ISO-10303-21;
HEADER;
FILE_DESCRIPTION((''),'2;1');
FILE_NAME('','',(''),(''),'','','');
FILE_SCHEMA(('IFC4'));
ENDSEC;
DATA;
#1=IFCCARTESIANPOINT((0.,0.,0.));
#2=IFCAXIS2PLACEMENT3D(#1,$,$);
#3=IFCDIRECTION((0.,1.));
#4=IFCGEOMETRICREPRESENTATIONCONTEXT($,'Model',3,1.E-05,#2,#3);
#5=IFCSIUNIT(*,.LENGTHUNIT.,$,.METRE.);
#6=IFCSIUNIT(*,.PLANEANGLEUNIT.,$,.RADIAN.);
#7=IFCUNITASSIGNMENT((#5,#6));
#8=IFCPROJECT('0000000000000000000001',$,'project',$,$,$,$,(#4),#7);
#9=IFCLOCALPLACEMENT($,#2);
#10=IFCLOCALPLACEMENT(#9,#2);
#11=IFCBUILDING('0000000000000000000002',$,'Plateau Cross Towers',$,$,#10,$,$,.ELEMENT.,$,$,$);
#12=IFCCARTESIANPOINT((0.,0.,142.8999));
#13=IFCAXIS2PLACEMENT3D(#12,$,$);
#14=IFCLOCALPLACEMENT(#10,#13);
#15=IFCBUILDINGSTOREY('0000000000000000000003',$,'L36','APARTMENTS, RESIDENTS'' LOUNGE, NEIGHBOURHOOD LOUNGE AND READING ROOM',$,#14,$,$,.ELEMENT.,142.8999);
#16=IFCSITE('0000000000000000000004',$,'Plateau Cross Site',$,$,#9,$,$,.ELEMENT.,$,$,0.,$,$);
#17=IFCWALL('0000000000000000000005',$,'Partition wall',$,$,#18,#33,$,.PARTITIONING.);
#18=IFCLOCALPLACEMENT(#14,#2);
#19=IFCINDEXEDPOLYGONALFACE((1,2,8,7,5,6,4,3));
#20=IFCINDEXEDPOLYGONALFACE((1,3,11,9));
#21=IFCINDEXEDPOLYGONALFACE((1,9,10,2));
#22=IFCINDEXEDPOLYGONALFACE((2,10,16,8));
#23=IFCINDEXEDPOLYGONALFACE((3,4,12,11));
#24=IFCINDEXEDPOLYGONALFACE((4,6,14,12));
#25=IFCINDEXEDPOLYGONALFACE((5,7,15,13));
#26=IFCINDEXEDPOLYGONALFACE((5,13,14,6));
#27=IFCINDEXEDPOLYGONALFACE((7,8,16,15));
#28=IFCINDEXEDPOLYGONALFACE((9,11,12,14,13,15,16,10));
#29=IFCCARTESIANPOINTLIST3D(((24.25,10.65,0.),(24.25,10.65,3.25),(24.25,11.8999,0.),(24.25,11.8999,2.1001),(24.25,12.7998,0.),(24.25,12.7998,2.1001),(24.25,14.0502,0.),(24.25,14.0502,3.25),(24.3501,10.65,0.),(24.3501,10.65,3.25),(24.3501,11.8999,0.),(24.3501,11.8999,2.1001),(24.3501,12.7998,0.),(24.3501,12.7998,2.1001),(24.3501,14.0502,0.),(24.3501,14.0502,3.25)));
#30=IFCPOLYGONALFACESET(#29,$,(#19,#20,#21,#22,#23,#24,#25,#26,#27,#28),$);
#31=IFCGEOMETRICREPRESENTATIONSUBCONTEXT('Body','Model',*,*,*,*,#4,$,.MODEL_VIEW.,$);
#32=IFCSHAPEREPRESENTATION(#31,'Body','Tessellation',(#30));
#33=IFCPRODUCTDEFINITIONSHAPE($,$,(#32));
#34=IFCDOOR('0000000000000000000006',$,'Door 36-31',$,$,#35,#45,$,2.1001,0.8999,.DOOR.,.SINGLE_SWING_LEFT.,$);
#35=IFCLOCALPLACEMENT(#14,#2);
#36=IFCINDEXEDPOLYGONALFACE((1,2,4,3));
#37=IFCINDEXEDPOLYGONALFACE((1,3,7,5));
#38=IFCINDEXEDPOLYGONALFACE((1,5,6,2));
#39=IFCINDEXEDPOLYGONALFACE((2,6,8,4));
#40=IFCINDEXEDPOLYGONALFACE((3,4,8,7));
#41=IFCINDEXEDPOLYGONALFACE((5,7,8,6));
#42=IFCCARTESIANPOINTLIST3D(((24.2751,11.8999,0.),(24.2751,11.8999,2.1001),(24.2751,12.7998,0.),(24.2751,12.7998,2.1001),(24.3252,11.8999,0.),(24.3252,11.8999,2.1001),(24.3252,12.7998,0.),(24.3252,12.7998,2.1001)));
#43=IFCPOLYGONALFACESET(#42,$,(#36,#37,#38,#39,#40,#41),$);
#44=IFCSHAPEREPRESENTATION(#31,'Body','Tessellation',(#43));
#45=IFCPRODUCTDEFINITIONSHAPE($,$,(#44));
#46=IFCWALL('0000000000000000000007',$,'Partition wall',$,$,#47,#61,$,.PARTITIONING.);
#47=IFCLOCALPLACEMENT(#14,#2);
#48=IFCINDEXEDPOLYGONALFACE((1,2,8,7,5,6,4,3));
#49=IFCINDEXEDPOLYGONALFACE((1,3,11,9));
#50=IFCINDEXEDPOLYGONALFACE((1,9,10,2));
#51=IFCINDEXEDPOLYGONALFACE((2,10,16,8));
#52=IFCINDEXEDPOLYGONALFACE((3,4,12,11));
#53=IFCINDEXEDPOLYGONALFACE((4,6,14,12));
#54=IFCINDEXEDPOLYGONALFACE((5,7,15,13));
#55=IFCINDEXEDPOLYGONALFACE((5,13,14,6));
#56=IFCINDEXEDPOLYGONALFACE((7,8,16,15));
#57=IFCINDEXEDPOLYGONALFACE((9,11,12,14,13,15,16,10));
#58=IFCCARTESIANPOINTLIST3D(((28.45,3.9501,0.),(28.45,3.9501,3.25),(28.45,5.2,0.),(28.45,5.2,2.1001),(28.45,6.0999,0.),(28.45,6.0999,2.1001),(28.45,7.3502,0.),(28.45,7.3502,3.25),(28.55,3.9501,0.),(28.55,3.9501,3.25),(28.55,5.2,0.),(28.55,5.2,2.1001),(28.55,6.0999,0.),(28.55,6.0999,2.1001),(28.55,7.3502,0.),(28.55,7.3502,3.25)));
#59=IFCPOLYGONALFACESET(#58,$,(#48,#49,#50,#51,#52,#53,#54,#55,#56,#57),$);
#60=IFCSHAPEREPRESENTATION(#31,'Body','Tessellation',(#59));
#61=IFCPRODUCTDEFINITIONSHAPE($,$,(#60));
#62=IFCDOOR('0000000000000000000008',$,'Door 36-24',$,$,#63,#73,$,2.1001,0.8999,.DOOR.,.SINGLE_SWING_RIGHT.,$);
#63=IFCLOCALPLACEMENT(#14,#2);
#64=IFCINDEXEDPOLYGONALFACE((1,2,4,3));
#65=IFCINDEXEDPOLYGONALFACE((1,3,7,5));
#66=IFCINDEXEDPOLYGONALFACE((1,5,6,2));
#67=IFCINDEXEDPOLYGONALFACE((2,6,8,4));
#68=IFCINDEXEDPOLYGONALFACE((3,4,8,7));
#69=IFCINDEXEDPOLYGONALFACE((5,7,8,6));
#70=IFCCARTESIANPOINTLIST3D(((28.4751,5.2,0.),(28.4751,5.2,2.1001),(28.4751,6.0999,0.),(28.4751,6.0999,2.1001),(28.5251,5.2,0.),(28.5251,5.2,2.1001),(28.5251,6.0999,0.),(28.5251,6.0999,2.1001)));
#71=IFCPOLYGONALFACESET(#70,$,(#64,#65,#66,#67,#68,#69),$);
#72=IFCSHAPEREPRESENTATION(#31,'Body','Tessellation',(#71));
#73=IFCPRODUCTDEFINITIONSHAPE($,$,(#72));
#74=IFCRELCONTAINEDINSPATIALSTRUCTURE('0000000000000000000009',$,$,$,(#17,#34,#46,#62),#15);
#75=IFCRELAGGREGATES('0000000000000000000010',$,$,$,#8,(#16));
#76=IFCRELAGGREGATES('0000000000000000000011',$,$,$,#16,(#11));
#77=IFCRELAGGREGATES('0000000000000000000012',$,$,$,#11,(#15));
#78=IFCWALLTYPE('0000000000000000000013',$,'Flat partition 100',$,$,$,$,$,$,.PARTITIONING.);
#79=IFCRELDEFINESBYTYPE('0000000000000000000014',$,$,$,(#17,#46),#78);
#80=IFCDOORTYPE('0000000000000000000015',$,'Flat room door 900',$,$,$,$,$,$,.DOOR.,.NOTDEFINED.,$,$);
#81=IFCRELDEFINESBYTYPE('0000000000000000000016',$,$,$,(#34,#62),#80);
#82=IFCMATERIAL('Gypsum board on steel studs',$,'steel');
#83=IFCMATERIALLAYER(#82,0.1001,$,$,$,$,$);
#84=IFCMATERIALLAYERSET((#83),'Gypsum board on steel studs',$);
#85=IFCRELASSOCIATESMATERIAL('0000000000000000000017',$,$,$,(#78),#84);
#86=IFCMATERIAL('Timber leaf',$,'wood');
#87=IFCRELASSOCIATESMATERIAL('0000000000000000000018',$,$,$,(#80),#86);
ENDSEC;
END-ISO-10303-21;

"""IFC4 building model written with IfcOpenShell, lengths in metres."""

from ifc_helpers import new_model, si_unit, direction, frame, frame_2d, origin, place, context, subcontext, project, spatial, rectangle, extrude, material, layer, layer_set, type_object, element, fill, save


model = new_model("IFC4")

# Units and contexts
model_context = context("Model", 3, precision=1e-05, world=origin(), true_north=direction((0.0, 1.0)))
body_context = subcontext(model_context, "Body", "Model", "MODEL_VIEW")
ifc_project = project(units=[si_unit("LENGTHUNIT", "METRE"), si_unit("PLANEANGLEUNIT", "RADIAN")], contexts=[model_context])

# Site, building, storey
site_placement = place(None, origin())
site = spatial("IfcSite", under=ifc_project, at=site_placement, Name="Plateau Cross Site", CompositionType="ELEMENT", RefElevation=0.0)
building_placement = place(site_placement, origin())
building = spatial("IfcBuilding", under=site, at=building_placement, Name="Plateau Cross Towers", CompositionType="ELEMENT")
storey_placement = place(building_placement, frame((0.0, 0.0, 142.8999)))
storey = spatial("IfcBuildingStorey", under=building, at=storey_placement, Name="L36", Description="APARTMENTS, RESIDENTS' LOUNGE, NEIGHBOURHOOD LOUNGE AND READING ROOM", CompositionType="ELEMENT", Elevation=142.8999)

# Shared definitions
ifc_material_1 = material(Name="Gypsum board on steel studs", Category="steel")
ifc_layer_1 = layer(ifc_material_1, 0.1001)
ifc_layer_set_1 = layer_set([ifc_layer_1], Name="Gypsum board on steel studs")
wall_type_1 = type_object("IfcWallType", Name="Flat partition 100", PredefinedType="PARTITIONING", material=ifc_layer_set_1)

# Walls, openings, doors
ifc_material_2 = material(Name="Timber leaf", Category="wood")
door_type_1 = type_object("IfcDoorType", Name="Flat room door 900", OperationType="NOTDEFINED", PredefinedType="DOOR", material=ifc_material_2)
wall_1_placement = place(storey_placement, frame((24.3, 10.6499, 0.0), z_axis=(0.0, 0.0, 1.0), x_axis=(0.0, 1.0, 0.0)))
wall_1 = element("IfcWall", 1, at=wall_1_placement, inside=storey, type_object=wall_type_1, Name="Partition wall", PredefinedType="PARTITIONING", context=body_context, shape_type="SweptSolid", body=[
    extrude(rectangle(XDim=3.4001, YDim=0.1001, at=frame_2d((1.7002, 0.0))), origin(), (0.0, 0.0, 1.0), 3.25),
])
opening_1_placement = place(wall_1_placement, frame((1.25, 0.0, 0.0)))
opening_1 = element("IfcOpeningElement", 2, at=opening_1_placement, cuts=wall_1, PredefinedType="OPENING", context=body_context, shape_type="SweptSolid", body=[
    extrude(rectangle(XDim=0.8999, YDim=2.1001, at=frame_2d((0.45, 1.05))), frame((0.0, 0.0601, 0.0), z_axis=(0.0, -1.0, 0.0), x_axis=(1.0, 0.0, 0.0)), (0.0, 0.0, 1.0), 0.1201),
])
door_1_placement = place(opening_1_placement, origin())
door_1 = element("IfcDoor", 3, at=door_1_placement, inside=storey, type_object=door_type_1, Name="Door 36-31", OperationType="SINGLE_SWING_LEFT", OverallHeight=2.1001, OverallWidth=0.8999, PredefinedType="DOOR", context=body_context, shape_type="SweptSolid", body=[
    extrude(rectangle(XDim=0.8999, YDim=2.1001, at=frame_2d((0.45, 1.05))), frame((0.0, 0.0249, 0.0), z_axis=(0.0, -1.0, 0.0), x_axis=(1.0, 0.0, 0.0)), (0.0, 0.0, 1.0), 0.05),
])
fill(opening_1, door_1)
wall_2_placement = place(storey_placement, frame((28.5, 3.95, 0.0), z_axis=(0.0, 0.0, 1.0), x_axis=(0.0, 1.0, 0.0)))
wall_2 = element("IfcWall", 4, at=wall_2_placement, inside=storey, type_object=wall_type_1, Name="Partition wall", PredefinedType="PARTITIONING", context=body_context, shape_type="SweptSolid", body=[
    extrude(rectangle(XDim=3.4001, YDim=0.1001, at=frame_2d((1.7002, 0.0))), origin(), (0.0, 0.0, 1.0), 3.25),
])
opening_2_placement = place(wall_2_placement, frame((1.25, 0.0, 0.0)))
opening_2 = element("IfcOpeningElement", 5, at=opening_2_placement, cuts=wall_2, PredefinedType="OPENING", context=body_context, shape_type="SweptSolid", body=[
    extrude(rectangle(XDim=0.8999, YDim=2.1001, at=frame_2d((0.45, 1.05))), frame((0.0, 0.0601, 0.0), z_axis=(0.0, -1.0, 0.0), x_axis=(1.0, 0.0, 0.0)), (0.0, 0.0, 1.0), 0.1201),
])
door_2_placement = place(opening_2_placement, origin())
door_2 = element("IfcDoor", 6, at=door_2_placement, inside=storey, type_object=door_type_1, Name="Door 36-24", OperationType="SINGLE_SWING_RIGHT", OverallHeight=2.1001, OverallWidth=0.8999, PredefinedType="DOOR", context=body_context, shape_type="SweptSolid", body=[
    extrude(rectangle(XDim=0.8999, YDim=2.1001, at=frame_2d((0.45, 1.05))), frame((0.0, 0.0249, 0.0), z_axis=(0.0, -1.0, 0.0), x_axis=(1.0, 0.0, 0.0)), (0.0, 0.0, 1.0), 0.05),
])
fill(opening_2, door_2)

save(model, "model.ifc")
